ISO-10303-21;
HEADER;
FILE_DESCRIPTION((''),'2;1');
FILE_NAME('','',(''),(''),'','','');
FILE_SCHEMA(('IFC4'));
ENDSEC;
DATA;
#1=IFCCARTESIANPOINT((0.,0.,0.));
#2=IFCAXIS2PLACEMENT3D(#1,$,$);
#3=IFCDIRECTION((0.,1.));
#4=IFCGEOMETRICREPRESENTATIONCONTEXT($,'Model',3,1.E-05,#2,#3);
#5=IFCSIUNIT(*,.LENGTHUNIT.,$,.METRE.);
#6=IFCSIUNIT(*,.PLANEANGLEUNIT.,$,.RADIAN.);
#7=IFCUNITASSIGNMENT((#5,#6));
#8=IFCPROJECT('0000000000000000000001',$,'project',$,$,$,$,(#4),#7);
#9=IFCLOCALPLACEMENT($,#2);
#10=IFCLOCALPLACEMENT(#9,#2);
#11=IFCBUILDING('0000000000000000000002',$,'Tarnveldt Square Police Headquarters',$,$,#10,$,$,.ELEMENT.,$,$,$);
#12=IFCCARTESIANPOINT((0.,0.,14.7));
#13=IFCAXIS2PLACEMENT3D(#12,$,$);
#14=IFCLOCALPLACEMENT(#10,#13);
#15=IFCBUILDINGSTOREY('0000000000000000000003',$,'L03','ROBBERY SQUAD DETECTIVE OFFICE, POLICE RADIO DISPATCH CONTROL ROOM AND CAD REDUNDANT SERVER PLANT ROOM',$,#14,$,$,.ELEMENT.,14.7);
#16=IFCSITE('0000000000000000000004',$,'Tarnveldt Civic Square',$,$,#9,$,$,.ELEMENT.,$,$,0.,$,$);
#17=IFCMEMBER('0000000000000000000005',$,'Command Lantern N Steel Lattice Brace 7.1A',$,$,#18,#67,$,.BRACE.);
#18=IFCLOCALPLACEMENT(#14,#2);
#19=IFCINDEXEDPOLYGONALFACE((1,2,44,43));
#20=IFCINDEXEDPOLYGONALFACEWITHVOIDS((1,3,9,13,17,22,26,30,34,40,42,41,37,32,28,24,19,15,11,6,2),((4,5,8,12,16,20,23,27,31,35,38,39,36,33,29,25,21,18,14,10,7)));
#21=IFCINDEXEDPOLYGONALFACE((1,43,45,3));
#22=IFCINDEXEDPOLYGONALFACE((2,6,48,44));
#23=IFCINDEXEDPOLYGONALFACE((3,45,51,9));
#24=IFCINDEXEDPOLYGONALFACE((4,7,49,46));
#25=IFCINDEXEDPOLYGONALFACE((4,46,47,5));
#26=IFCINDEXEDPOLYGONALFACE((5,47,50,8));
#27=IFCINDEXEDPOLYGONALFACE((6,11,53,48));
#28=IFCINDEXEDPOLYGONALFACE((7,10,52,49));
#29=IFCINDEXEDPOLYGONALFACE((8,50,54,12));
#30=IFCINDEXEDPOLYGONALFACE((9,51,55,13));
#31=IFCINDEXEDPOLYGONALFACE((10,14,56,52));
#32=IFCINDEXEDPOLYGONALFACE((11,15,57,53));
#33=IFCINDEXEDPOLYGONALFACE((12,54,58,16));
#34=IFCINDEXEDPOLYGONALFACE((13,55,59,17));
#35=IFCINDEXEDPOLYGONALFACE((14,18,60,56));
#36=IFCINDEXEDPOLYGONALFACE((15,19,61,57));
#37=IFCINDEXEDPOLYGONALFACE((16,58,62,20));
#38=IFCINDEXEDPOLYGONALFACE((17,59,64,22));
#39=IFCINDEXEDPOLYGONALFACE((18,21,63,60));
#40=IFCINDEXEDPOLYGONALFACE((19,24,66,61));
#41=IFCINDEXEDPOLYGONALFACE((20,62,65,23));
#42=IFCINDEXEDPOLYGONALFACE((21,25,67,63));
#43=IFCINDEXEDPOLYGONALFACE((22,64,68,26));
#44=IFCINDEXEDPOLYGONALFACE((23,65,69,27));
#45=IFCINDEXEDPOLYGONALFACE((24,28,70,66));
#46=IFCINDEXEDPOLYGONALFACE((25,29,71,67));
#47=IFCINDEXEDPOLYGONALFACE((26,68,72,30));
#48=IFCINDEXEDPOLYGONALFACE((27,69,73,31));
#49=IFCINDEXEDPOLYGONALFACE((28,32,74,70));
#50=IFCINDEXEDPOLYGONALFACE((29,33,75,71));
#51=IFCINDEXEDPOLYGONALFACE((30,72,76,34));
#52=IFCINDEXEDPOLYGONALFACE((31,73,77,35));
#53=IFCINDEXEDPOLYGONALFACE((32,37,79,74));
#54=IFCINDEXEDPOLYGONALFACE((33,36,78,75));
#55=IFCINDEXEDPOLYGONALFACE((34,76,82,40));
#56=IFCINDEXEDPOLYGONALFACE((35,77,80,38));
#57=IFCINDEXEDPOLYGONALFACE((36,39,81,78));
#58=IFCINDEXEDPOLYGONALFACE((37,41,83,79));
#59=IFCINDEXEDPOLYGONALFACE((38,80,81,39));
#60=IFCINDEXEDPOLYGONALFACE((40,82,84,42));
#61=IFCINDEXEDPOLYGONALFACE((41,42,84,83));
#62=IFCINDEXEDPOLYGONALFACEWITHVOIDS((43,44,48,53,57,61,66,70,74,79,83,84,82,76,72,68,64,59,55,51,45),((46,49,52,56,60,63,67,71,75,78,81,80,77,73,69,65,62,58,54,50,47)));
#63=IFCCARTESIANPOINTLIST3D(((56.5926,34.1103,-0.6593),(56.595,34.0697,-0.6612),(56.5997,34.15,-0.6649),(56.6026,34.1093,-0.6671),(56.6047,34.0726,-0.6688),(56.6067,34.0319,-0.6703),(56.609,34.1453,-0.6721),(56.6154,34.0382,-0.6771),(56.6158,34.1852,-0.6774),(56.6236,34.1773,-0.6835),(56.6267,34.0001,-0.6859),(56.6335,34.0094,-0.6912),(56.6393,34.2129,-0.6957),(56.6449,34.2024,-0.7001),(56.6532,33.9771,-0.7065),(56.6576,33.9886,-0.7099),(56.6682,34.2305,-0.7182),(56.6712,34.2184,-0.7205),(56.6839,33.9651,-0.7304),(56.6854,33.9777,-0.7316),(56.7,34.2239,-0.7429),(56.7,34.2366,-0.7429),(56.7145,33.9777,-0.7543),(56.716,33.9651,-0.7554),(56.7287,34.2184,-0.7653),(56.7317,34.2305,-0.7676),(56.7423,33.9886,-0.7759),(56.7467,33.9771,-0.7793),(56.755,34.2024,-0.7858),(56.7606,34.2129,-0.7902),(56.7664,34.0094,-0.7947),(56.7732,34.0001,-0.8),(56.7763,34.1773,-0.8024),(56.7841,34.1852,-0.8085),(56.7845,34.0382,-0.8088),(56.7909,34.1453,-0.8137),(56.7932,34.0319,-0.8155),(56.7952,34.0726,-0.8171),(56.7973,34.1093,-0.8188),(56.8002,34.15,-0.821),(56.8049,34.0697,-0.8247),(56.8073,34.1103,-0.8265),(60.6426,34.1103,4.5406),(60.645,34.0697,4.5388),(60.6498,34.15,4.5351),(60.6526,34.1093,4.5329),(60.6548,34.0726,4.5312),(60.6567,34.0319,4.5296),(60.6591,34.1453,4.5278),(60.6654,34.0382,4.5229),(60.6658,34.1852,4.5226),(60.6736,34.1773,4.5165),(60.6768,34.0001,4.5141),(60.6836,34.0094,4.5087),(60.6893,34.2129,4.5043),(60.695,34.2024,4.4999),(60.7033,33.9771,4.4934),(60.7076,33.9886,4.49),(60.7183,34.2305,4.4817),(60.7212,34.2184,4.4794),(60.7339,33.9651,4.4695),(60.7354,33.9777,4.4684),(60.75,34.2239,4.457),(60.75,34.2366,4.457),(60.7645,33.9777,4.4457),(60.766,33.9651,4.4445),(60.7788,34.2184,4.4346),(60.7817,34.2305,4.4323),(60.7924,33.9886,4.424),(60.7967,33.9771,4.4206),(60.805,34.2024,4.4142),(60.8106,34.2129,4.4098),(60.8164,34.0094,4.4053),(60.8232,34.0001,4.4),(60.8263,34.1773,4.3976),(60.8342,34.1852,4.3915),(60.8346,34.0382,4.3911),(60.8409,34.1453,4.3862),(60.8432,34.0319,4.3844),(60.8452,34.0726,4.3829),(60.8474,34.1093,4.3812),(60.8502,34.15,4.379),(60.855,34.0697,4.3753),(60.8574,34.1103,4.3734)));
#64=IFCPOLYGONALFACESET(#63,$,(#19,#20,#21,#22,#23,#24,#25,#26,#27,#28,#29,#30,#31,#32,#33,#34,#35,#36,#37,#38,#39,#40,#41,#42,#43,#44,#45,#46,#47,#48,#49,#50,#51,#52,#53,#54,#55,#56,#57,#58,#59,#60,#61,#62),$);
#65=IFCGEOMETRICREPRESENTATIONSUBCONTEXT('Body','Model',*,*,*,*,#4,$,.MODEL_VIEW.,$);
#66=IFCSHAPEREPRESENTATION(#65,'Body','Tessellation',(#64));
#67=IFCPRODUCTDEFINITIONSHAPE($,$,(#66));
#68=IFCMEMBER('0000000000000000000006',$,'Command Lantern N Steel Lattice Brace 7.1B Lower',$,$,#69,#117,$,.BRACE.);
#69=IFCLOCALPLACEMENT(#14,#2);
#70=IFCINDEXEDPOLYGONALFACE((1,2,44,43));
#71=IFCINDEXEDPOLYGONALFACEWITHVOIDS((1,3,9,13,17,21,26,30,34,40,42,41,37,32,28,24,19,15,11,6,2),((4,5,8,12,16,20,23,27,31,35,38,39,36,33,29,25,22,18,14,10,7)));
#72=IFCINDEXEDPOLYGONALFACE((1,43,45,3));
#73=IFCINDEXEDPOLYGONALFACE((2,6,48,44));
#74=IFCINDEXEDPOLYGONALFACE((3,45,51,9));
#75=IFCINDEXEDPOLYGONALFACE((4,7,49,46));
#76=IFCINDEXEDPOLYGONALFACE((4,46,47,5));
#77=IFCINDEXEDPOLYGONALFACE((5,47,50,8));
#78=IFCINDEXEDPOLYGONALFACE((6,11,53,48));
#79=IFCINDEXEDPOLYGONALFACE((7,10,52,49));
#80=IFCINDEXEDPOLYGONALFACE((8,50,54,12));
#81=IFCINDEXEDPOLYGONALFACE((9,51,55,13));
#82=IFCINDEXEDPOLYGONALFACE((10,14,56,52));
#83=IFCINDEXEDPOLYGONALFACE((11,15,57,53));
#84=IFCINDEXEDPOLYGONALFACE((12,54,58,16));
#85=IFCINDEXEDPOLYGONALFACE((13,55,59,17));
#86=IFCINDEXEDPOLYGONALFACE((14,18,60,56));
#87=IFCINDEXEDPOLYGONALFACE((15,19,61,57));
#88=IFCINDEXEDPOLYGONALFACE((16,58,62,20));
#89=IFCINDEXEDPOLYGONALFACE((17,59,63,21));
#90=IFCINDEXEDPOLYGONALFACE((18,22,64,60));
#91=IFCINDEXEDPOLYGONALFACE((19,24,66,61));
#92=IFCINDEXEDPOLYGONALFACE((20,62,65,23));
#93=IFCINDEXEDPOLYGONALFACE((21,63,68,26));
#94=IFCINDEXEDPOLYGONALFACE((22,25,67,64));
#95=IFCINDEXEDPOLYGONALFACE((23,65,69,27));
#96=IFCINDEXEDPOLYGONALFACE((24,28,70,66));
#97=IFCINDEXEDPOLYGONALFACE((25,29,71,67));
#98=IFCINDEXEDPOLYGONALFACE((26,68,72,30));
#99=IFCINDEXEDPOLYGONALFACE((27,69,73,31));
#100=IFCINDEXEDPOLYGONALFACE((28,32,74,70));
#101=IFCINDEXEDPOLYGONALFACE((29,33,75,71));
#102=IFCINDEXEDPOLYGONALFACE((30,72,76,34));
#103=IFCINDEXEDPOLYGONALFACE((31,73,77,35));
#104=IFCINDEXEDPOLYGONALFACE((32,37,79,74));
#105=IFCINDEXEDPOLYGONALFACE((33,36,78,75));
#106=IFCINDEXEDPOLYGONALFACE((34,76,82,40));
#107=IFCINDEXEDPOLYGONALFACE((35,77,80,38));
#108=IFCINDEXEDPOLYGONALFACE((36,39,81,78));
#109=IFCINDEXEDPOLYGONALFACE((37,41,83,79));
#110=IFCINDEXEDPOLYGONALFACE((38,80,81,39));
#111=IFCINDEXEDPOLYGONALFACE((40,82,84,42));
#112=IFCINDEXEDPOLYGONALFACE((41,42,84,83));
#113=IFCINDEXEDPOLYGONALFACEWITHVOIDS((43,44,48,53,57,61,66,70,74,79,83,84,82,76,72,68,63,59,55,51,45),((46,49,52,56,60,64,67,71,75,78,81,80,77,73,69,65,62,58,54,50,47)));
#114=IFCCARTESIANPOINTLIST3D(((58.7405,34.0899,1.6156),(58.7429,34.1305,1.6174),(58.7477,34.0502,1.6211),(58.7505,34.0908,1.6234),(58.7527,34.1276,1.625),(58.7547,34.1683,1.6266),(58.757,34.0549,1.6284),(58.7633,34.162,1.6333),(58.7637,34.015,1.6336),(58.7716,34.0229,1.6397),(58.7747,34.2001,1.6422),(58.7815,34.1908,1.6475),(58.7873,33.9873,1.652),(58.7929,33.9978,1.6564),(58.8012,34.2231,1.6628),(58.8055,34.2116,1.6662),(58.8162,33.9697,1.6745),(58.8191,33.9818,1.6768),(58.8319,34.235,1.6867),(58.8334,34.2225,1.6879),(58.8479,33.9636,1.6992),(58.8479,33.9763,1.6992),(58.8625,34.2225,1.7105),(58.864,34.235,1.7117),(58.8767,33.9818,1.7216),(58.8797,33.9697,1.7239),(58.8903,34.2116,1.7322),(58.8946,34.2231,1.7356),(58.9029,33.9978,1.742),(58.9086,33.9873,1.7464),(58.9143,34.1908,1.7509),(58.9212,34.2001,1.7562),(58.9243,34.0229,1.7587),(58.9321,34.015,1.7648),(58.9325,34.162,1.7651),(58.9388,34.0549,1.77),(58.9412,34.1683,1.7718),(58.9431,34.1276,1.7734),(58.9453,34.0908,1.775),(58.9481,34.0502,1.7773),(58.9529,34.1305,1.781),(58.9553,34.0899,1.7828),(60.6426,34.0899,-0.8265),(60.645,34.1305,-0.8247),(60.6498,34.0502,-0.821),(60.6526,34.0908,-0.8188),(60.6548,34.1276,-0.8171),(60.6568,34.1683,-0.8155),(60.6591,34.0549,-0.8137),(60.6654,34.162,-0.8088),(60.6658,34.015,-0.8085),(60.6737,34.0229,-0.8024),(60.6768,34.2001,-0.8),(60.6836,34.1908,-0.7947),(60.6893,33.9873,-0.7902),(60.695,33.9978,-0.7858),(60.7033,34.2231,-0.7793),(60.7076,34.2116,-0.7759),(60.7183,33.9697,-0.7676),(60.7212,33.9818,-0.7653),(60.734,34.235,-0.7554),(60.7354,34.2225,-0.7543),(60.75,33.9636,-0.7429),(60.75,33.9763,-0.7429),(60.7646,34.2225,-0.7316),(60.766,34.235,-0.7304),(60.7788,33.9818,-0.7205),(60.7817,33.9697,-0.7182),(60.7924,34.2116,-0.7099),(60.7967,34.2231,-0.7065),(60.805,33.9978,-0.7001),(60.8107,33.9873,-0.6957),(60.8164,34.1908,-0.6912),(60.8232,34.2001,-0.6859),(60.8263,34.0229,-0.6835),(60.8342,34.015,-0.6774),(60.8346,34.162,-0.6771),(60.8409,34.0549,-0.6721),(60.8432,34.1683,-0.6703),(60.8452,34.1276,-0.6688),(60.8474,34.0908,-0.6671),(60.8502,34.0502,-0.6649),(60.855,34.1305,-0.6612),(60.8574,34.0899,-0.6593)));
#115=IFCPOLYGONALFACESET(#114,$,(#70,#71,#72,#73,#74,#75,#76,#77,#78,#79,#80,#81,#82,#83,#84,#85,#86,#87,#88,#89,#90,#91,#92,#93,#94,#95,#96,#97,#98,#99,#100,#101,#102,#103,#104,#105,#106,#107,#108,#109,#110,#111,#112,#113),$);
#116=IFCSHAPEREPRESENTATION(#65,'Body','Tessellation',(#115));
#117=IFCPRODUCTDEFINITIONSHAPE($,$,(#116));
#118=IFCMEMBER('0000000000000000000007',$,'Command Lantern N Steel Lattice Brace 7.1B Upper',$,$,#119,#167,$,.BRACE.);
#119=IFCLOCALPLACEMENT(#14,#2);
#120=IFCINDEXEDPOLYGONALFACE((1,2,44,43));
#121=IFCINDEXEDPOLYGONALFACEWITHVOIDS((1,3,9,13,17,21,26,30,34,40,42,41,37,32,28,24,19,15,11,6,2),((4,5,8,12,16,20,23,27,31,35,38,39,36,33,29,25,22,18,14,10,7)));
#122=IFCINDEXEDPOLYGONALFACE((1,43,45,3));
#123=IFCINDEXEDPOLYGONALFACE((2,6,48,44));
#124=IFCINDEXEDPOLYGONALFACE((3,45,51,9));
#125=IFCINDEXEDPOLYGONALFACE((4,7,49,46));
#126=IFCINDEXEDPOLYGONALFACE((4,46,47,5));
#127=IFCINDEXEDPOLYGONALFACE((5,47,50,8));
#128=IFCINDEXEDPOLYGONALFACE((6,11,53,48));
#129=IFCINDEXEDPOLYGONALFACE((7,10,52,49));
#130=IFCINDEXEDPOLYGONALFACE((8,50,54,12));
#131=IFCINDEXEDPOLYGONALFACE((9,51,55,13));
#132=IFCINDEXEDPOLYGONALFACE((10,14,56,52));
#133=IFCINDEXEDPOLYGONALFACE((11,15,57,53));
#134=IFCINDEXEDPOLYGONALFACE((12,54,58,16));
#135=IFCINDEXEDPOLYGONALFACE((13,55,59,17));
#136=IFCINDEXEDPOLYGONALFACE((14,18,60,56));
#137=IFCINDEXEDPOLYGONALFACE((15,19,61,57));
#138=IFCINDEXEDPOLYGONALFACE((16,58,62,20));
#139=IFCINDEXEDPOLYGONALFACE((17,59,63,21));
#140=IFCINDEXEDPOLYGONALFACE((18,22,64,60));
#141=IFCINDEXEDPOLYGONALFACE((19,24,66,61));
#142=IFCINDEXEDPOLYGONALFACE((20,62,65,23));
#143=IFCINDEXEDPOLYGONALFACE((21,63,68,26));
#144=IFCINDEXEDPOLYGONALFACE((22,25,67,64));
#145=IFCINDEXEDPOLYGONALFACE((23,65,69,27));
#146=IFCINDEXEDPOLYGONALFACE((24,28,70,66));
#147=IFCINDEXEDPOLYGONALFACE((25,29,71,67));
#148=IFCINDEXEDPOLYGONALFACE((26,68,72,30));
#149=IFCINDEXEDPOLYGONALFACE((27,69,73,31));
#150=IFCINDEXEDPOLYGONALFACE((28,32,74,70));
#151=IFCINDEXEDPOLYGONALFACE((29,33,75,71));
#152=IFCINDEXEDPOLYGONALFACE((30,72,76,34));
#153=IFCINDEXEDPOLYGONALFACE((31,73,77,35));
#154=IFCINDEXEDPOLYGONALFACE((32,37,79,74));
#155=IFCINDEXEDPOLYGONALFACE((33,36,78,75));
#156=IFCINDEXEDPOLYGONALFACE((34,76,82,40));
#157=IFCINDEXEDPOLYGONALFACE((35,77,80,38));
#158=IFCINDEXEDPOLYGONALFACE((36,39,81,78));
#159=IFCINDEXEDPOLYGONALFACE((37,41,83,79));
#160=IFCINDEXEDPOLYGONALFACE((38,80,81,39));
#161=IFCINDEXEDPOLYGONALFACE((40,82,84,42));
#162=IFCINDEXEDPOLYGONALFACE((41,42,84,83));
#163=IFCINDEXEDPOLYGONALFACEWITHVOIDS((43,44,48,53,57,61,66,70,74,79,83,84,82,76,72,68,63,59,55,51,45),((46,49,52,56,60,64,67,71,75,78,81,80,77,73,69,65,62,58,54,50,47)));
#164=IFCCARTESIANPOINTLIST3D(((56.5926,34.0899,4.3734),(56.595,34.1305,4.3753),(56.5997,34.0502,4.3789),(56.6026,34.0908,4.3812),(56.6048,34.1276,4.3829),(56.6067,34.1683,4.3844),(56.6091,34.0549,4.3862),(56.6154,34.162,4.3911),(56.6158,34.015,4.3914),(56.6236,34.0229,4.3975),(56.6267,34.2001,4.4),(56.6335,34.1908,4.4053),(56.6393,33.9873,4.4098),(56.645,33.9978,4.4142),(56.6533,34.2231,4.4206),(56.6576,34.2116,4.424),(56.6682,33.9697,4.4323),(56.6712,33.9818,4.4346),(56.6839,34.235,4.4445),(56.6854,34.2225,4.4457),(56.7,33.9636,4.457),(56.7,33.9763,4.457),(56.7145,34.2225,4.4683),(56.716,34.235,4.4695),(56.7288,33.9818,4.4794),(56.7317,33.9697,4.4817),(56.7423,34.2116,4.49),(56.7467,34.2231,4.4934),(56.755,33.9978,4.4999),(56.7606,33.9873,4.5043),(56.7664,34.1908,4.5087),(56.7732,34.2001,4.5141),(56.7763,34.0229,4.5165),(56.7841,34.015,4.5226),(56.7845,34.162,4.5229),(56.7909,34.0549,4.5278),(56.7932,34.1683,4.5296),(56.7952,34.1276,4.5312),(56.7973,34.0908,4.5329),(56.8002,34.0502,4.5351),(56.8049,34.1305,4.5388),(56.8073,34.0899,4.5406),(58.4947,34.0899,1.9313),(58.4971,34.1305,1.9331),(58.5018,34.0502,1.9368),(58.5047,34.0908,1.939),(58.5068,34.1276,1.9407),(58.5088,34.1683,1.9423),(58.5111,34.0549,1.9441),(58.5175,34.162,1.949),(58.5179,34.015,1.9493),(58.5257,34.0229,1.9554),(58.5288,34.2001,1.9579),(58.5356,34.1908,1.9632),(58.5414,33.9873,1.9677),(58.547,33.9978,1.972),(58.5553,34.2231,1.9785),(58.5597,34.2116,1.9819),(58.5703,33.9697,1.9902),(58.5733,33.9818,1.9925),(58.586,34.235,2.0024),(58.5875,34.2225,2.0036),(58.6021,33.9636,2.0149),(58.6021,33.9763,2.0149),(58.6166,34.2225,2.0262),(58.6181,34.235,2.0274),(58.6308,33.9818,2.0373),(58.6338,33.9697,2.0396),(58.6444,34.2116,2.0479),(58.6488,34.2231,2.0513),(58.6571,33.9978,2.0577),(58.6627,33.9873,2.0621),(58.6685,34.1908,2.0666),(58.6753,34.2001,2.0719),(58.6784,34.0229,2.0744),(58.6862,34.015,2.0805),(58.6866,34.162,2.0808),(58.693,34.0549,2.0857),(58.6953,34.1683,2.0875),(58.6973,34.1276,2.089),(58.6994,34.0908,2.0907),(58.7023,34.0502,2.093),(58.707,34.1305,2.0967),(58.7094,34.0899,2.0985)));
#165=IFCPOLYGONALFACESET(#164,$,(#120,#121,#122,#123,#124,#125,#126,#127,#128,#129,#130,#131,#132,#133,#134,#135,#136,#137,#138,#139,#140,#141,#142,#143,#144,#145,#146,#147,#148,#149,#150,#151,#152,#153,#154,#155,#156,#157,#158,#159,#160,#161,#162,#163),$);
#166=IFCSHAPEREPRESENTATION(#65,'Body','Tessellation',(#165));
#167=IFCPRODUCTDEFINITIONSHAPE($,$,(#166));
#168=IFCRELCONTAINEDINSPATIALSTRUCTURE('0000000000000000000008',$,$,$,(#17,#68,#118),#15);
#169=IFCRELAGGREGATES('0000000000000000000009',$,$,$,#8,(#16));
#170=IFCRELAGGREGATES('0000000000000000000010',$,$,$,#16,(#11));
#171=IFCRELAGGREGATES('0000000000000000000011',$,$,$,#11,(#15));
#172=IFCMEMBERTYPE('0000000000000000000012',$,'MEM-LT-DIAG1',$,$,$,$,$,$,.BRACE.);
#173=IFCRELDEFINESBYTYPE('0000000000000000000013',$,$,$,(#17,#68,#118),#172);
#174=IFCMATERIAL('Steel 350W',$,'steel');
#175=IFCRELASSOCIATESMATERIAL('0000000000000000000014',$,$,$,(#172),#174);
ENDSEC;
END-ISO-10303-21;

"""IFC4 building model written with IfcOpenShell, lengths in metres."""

from ifc_helpers import new_model, si_unit, direction, frame, origin, origin_2d, place, context, subcontext, project, spatial, hollow_circle, extrude, material, material_profile, profile_set, type_object, element, save


model = new_model("IFC4")

# Units and contexts
model_context = context("Model", 3, precision=1e-05, world=origin(), true_north=direction((0.0, 1.0)))
body_context = subcontext(model_context, "Body", "Model", "MODEL_VIEW")
ifc_project = project(units=[si_unit("LENGTHUNIT", "METRE"), si_unit("PLANEANGLEUNIT", "RADIAN")], contexts=[model_context])

# Site, building, storey
site_placement = place(None, origin())
site = spatial("IfcSite", under=ifc_project, at=site_placement, Name="Tarnveldt Civic Square", CompositionType="ELEMENT", RefElevation=0.0)
building_placement = place(site_placement, origin())
building = spatial("IfcBuilding", under=site, at=building_placement, Name="Tarnveldt Square Police Headquarters", CompositionType="ELEMENT")
storey_placement = place(building_placement, frame((0.0, 0.0, 14.7)))
storey = spatial("IfcBuildingStorey", under=building, at=storey_placement, Name="L03", Description="ROBBERY SQUAD DETECTIVE OFFICE, POLICE RADIO DISPATCH CONTROL ROOM AND CAD REDUNDANT SERVER PLANT ROOM", CompositionType="ELEMENT", Elevation=14.7)

# Shared definitions
ifc_material_1 = material(Name="Steel 350W", Category="steel")

# Members
ifc_material_profile_1 = material_profile(ifc_material_1, hollow_circle(Radius=0.1365, WallThickness=0.0127, at=origin_2d()), Name="HSS273x13")
ifc_profile_set_1 = profile_set([ifc_material_profile_1], Name="Steel 350W")
member_type_1 = type_object("IfcMemberType", Name="MEM-LT-DIAG1", PredefinedType="BRACE", material=ifc_profile_set_1)
member_1_placement = place(storey_placement, frame((56.7, 34.1001, -0.7429), z_axis=(0.614474, 0.0, 0.788937), x_axis=(0.0, 1.0, 0.0)))
element("IfcMember", 1, at=member_1_placement, inside=storey, type_object=member_type_1, Name="Command Lantern N Steel Lattice Brace 7.1A", PredefinedType="BRACE", context=body_context, shape_type="SweptSolid", body=[
    extrude(hollow_circle(Radius=0.1365, WallThickness=0.0127, at=origin_2d()), origin(), (0.0, 0.0, 1.0), 6.5911),
])
for number, where, z_axis, x_axis, name in (
    (2, (60.75, 34.1001, -0.7429), (-0.614476, 0.0, 0.788936), (0.0, -1.0, 0.0), "Command Lantern N Steel Lattice Brace 7.1B Lower"),
    (3, (58.6021, 34.1001, 2.0149), (-0.614476, 0.0, 0.788936), (0.0, -1.0, 0.0), "Command Lantern N Steel Lattice Brace 7.1B Upper"),
):
    element("IfcMember", number, at=place(storey_placement, frame(where, z_axis=z_axis, x_axis=x_axis)), inside=storey, type_object=member_type_1, Name=name, PredefinedType="BRACE", context=body_context, shape_type="SweptSolid", body=[
        extrude(hollow_circle(Radius=0.1365, WallThickness=0.0127, at=origin_2d()), origin(), (0.0, 0.0, 1.0), 3.0955),
    ])

save(model, "model.ifc")
